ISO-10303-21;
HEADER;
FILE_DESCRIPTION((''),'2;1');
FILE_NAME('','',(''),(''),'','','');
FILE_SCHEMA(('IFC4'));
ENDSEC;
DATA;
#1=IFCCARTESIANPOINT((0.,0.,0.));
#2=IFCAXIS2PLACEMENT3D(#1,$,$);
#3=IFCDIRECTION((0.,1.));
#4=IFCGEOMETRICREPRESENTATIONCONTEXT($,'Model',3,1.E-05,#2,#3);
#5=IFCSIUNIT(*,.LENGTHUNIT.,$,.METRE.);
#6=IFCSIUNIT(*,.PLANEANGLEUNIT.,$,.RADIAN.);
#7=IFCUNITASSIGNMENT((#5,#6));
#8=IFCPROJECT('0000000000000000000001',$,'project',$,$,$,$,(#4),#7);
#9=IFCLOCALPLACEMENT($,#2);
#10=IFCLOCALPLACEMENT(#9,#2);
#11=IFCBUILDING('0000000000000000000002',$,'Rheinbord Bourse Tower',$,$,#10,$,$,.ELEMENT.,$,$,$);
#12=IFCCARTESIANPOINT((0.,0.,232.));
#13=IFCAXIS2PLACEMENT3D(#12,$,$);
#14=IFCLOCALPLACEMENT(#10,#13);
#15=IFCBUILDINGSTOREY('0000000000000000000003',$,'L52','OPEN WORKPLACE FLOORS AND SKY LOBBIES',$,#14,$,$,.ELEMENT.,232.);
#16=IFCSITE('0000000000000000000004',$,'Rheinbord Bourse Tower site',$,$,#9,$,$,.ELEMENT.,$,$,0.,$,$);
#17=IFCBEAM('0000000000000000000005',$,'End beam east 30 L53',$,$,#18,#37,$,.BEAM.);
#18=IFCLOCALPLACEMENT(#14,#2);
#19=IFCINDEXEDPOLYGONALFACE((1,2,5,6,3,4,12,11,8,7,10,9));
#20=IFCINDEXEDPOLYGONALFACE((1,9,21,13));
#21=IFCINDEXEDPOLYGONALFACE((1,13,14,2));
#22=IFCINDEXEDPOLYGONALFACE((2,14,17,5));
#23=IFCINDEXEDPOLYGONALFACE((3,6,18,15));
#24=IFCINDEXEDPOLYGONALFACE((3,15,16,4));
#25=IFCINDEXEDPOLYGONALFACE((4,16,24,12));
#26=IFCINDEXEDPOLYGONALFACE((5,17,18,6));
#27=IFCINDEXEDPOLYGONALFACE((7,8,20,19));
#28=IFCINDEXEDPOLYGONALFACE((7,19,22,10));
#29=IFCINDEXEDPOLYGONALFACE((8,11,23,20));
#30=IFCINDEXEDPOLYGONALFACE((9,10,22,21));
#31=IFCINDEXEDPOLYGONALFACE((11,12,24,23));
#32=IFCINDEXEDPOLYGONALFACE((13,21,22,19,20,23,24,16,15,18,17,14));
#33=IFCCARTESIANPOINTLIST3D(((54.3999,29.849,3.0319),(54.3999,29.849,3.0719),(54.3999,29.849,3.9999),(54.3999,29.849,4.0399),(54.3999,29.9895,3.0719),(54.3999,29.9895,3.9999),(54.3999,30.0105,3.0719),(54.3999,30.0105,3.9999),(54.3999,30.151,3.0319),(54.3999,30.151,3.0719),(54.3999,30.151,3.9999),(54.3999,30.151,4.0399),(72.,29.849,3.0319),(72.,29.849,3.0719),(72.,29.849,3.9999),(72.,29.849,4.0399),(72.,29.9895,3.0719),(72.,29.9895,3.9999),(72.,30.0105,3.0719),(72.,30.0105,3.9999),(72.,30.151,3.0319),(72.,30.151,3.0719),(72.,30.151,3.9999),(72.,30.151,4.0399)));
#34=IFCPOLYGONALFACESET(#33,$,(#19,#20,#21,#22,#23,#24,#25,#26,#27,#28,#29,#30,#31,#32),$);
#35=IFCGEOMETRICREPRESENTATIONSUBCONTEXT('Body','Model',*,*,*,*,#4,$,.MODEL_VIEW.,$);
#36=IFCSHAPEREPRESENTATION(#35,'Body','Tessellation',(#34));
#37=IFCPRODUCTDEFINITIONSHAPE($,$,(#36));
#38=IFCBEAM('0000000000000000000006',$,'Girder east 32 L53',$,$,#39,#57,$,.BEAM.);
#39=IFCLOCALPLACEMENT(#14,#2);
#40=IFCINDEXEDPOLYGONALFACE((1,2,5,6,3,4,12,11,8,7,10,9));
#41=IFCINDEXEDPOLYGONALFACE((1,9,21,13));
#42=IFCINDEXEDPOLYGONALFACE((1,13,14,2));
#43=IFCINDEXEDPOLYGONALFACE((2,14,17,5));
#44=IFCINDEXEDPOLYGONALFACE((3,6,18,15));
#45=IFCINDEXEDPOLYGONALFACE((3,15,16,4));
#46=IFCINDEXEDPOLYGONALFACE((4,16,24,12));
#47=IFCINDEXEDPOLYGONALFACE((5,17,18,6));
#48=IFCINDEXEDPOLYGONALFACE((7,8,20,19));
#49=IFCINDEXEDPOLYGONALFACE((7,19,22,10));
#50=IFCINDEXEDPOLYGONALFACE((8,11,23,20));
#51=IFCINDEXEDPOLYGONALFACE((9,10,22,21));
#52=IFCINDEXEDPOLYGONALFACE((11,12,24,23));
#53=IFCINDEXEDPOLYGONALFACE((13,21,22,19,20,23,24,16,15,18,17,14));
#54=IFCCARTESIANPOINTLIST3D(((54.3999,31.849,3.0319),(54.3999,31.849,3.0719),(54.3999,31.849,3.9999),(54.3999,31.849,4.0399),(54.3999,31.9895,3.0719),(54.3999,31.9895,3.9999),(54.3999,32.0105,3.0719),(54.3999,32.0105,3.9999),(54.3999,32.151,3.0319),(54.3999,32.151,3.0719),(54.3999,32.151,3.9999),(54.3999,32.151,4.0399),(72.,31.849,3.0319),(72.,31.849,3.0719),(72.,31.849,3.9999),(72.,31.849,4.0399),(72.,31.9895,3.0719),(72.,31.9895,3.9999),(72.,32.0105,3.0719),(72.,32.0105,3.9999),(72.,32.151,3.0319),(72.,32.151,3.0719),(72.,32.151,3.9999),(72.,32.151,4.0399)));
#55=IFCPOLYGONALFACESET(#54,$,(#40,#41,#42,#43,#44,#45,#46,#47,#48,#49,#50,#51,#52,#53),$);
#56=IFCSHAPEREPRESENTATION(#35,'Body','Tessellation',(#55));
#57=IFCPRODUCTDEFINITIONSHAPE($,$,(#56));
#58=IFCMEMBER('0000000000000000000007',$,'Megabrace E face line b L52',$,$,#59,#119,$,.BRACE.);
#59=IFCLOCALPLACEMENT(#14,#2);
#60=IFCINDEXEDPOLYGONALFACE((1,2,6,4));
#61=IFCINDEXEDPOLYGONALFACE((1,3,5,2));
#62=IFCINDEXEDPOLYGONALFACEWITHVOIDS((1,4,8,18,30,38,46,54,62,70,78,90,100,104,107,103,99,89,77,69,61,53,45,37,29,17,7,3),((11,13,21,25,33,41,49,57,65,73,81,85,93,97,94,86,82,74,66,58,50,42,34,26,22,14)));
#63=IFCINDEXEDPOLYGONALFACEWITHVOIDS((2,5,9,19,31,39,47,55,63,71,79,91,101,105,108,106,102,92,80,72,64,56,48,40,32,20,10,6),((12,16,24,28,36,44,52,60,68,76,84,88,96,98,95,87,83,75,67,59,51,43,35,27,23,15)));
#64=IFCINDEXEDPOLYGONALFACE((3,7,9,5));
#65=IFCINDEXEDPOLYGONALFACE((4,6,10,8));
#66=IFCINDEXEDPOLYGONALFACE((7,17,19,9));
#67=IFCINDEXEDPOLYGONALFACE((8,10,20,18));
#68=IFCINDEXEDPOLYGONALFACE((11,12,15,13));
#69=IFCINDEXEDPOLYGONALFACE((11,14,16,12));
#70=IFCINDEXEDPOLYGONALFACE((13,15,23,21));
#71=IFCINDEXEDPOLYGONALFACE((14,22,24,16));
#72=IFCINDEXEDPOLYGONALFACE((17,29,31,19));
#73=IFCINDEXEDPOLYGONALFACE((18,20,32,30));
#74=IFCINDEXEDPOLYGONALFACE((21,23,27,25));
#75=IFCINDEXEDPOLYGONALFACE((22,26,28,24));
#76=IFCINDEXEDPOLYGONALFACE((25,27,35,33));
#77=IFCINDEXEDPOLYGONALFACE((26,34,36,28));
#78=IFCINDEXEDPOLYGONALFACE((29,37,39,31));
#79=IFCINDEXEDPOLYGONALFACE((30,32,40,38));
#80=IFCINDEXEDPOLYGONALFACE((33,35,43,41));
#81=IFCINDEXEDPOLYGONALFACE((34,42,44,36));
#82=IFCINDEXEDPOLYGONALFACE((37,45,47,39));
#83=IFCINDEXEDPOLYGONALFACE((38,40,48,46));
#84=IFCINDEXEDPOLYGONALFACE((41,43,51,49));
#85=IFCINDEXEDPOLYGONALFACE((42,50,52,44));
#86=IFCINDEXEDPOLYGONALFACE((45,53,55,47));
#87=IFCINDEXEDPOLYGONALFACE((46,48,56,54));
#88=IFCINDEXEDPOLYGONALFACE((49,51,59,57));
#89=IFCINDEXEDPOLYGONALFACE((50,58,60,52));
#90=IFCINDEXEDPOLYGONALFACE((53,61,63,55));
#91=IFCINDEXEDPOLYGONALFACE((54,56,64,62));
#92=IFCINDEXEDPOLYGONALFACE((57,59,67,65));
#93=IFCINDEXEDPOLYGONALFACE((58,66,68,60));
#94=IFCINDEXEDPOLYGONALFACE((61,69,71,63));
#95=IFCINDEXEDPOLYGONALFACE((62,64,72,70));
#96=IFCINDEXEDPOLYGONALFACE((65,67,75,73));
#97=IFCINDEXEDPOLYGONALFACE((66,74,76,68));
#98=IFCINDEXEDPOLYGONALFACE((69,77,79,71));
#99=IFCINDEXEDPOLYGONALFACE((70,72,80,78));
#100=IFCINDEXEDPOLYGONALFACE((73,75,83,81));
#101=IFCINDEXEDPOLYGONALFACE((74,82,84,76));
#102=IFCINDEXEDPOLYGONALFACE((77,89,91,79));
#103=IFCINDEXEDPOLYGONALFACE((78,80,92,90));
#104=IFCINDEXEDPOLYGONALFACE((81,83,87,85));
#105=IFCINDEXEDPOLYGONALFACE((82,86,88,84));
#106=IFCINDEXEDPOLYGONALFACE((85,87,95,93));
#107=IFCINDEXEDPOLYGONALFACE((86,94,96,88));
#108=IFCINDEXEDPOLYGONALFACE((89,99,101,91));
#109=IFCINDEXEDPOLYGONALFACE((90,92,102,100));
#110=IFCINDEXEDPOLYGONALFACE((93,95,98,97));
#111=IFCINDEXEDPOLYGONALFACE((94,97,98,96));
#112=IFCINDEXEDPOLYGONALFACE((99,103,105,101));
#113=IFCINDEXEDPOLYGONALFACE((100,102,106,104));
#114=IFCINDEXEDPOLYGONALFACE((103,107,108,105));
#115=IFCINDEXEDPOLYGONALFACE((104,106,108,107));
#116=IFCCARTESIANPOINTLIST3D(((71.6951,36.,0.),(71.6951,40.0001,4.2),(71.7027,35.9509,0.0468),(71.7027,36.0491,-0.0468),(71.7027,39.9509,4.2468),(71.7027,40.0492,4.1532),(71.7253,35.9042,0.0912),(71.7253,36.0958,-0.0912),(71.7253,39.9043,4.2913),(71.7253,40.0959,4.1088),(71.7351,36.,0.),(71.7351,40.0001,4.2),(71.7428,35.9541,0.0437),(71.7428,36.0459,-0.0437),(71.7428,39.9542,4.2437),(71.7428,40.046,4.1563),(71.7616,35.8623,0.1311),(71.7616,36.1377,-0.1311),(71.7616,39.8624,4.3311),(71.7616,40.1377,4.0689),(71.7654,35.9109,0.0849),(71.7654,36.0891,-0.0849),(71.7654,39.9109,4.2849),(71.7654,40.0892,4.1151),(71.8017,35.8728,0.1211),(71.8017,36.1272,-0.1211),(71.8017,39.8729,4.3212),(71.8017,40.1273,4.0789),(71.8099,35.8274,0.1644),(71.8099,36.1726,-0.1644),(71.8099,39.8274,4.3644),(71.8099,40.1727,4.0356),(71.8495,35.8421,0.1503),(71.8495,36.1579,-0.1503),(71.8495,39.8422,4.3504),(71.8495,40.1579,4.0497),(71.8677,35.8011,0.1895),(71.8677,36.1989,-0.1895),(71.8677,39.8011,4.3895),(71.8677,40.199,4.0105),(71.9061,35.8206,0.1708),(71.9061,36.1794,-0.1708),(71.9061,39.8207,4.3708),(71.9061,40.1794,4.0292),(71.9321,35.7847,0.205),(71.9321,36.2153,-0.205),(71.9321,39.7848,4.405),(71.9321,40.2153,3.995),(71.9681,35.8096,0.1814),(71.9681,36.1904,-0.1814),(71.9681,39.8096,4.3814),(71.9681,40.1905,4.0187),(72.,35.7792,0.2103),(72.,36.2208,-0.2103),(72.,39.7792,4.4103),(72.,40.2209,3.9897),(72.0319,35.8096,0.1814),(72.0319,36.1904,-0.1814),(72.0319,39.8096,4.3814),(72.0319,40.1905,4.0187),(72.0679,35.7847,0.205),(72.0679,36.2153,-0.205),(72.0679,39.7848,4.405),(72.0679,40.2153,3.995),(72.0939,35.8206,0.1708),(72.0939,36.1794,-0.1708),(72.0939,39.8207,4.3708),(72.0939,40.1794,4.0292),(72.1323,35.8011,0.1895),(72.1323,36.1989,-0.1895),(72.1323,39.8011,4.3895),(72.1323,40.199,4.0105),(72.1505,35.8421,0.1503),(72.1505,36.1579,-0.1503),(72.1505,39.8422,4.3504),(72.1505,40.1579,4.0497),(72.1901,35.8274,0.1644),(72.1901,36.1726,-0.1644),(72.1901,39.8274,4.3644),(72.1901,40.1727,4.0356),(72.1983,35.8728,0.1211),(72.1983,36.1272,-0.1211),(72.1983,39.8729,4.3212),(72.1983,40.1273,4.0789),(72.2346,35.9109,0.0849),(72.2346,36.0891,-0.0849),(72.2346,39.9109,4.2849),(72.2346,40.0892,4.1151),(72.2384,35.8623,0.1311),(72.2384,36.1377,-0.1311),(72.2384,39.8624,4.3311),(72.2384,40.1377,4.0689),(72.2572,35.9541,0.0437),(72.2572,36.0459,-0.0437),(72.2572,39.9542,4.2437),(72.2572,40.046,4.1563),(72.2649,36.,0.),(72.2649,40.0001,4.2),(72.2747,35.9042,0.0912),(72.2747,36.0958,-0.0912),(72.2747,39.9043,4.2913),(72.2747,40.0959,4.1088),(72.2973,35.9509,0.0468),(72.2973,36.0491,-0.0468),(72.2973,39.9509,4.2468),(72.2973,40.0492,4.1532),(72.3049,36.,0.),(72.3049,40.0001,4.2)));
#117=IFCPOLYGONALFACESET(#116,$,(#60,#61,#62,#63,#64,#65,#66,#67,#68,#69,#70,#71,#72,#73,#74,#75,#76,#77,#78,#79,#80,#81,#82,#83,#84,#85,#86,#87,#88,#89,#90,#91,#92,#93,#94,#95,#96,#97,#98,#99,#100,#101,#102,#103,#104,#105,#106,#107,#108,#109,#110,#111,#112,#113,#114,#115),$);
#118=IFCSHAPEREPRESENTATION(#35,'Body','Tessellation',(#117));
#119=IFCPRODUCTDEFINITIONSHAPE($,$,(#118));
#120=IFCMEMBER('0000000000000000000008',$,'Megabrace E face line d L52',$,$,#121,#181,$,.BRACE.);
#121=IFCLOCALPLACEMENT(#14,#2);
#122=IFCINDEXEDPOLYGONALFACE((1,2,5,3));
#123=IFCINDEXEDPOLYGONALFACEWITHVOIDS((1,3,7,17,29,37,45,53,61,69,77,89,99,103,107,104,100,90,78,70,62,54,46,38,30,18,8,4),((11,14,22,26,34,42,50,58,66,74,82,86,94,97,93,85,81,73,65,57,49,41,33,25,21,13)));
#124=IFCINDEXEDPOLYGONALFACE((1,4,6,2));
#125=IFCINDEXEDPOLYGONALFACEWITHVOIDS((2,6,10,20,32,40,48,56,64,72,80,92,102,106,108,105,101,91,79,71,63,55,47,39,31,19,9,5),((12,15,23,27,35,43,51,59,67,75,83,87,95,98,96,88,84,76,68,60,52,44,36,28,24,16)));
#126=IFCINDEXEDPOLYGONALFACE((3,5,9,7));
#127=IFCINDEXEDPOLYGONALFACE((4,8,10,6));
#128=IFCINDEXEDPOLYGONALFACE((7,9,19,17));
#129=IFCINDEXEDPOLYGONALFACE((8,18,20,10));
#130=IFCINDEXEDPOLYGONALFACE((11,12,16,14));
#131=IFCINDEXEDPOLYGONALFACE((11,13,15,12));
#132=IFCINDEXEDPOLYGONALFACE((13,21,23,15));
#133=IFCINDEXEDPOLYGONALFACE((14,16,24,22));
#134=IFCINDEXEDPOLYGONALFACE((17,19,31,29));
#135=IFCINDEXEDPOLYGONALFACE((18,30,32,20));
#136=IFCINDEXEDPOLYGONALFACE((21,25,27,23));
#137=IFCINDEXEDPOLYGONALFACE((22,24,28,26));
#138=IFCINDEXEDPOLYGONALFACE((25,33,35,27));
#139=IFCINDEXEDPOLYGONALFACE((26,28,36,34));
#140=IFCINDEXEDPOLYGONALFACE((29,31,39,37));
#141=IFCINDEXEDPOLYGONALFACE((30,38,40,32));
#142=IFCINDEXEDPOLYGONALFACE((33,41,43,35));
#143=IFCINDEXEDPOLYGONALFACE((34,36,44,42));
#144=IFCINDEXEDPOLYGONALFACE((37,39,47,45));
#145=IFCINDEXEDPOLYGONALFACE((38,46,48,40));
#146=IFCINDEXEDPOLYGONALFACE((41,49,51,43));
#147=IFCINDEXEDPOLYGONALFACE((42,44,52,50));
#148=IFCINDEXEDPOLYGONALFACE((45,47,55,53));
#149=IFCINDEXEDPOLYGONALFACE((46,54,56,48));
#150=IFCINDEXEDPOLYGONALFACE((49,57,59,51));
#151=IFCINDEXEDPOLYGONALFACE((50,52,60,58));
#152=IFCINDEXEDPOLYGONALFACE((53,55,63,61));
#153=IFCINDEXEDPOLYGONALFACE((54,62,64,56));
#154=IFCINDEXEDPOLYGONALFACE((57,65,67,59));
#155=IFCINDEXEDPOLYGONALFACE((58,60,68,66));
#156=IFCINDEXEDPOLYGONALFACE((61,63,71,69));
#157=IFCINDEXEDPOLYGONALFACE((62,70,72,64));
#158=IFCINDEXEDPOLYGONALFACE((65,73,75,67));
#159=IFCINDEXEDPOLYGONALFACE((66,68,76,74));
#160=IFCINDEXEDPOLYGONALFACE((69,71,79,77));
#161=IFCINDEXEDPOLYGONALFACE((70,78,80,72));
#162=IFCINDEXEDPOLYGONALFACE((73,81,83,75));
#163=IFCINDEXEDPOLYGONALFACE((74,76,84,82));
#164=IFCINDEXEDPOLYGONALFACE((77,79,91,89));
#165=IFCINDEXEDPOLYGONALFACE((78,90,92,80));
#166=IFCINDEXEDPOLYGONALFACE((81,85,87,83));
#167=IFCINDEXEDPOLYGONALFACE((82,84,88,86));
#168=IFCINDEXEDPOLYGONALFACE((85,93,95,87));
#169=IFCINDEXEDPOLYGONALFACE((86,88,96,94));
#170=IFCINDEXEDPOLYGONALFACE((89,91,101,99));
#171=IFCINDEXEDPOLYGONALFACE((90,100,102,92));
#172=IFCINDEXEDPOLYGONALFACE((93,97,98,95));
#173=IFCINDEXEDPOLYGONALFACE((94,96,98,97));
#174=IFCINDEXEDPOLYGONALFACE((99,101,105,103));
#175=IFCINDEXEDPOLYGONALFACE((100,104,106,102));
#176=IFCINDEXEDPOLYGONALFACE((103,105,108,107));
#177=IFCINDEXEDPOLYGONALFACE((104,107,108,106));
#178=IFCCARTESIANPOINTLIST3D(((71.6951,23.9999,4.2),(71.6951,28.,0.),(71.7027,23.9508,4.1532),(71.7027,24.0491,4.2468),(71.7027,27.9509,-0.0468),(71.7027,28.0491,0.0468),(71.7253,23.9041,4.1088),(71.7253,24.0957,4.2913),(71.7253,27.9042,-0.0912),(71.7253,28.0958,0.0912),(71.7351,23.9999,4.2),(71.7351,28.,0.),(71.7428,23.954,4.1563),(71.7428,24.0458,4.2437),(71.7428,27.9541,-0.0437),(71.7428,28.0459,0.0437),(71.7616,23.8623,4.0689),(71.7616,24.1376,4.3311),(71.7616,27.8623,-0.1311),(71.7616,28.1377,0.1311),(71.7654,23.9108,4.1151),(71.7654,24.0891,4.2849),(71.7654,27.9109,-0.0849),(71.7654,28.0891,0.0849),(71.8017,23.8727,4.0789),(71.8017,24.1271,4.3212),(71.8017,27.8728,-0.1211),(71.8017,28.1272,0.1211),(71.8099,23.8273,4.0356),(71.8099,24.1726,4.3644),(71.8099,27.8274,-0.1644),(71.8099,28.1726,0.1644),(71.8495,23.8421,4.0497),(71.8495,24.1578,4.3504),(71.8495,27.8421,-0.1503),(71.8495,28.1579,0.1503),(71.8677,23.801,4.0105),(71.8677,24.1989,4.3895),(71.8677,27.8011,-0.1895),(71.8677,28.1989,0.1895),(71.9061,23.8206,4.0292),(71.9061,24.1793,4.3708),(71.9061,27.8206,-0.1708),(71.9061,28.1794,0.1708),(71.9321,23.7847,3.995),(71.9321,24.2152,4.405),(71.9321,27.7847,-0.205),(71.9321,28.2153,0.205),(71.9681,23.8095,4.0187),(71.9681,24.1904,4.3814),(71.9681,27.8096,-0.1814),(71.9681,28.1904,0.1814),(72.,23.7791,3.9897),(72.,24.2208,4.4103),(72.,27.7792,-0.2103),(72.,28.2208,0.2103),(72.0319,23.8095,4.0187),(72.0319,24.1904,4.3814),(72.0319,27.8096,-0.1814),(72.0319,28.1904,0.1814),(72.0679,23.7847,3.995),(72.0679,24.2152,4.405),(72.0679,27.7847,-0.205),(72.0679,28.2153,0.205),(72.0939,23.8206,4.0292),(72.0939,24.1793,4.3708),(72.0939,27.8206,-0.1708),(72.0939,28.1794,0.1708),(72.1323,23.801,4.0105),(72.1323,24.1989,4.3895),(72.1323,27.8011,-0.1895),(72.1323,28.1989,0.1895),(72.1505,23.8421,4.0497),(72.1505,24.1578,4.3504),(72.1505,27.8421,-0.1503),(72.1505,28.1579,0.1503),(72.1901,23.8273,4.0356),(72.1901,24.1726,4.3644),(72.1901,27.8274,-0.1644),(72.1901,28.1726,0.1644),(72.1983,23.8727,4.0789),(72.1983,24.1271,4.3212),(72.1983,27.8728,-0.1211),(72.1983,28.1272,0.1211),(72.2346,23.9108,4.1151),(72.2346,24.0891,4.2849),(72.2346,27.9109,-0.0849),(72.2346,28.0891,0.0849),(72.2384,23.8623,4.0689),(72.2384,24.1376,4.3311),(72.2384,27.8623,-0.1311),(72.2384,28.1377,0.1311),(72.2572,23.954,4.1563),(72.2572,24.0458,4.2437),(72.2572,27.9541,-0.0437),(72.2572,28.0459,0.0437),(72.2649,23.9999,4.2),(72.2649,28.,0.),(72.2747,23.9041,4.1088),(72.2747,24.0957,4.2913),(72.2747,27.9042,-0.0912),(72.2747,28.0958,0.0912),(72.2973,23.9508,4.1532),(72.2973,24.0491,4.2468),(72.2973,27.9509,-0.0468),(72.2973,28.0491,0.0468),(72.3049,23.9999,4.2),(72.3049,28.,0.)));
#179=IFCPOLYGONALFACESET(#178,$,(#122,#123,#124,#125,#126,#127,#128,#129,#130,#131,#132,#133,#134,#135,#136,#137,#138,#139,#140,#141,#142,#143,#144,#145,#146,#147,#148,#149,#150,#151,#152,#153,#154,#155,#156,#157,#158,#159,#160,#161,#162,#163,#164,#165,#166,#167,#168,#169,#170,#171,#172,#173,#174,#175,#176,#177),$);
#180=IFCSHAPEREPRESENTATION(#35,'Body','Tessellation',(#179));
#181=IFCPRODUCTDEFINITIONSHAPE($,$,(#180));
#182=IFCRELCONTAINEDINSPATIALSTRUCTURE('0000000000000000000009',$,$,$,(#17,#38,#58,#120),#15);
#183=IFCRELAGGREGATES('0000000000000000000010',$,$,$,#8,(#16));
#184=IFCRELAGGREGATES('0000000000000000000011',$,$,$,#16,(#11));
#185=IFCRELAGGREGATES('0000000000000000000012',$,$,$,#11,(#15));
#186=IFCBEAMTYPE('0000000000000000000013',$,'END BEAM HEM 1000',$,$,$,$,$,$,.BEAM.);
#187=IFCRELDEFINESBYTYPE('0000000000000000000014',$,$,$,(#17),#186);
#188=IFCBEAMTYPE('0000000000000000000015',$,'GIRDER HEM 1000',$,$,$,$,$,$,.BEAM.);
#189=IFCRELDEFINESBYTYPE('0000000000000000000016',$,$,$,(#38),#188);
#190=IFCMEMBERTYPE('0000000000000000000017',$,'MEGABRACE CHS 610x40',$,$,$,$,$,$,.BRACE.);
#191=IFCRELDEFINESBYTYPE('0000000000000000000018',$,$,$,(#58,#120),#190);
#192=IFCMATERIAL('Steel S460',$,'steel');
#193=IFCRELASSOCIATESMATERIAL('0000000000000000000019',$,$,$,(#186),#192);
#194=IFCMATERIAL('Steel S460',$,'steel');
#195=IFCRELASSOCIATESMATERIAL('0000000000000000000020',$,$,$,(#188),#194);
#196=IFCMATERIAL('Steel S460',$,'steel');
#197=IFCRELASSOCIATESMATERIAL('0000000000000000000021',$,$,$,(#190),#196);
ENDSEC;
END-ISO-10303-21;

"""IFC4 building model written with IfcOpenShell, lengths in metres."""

from ifc_helpers import new_model, si_unit, direction, frame, origin, origin_2d, place, context, subcontext, project, spatial, hollow_circle, i_section, extrude, material, material_profile, profile_set, type_object, element, save


model = new_model("IFC4")

# Units and contexts
model_context = context("Model", 3, precision=1e-05, world=origin(), true_north=direction((0.0, 1.0)))
body_context = subcontext(model_context, "Body", "Model", "MODEL_VIEW")
ifc_project = project(units=[si_unit("LENGTHUNIT", "METRE"), si_unit("PLANEANGLEUNIT", "RADIAN")], contexts=[model_context])

# Site, building, storey
site_placement = place(None, origin())
site = spatial("IfcSite", under=ifc_project, at=site_placement, Name="Rheinbord Bourse Tower site", CompositionType="ELEMENT", RefElevation=0.0)
building_placement = place(site_placement, origin())
building = spatial("IfcBuilding", under=site, at=building_placement, Name="Rheinbord Bourse Tower", CompositionType="ELEMENT")
storey_placement = place(building_placement, frame((0.0, 0.0, 232.0)))
storey = spatial("IfcBuildingStorey", under=building, at=storey_placement, Name="L52", Description="OPEN WORKPLACE FLOORS AND SKY LOBBIES", CompositionType="ELEMENT", Elevation=232.0)

# Beams
ifc_material_1 = material(Name="Steel S460", Category="steel")
ifc_material_profile_1 = material_profile(ifc_material_1, i_section(OverallWidth=0.302, OverallDepth=1.0081, WebThickness=0.021, FlangeThickness=0.04, at=origin_2d()), Name="HEM 1000")
ifc_profile_set_1 = profile_set([ifc_material_profile_1], Name="Steel S460")
beam_type_1 = type_object("IfcBeamType", Name="END BEAM HEM 1000", PredefinedType="BEAM", material=ifc_profile_set_1)
beam_1_placement = place(storey_placement, frame((54.3999, 30.0, 3.5359), z_axis=(1.0, 0.0, 0.0), x_axis=(0.0, 1.0, 0.0)))
element("IfcBeam", 1, at=beam_1_placement, inside=storey, type_object=beam_type_1, Name="End beam east 30 L53", PredefinedType="BEAM", context=body_context, shape_type="SweptSolid", body=[
    extrude(i_section(OverallWidth=0.302, OverallDepth=1.0081, WebThickness=0.021, FlangeThickness=0.04, at=origin_2d()), origin(), (0.0, 0.0, 1.0), 17.6001),
])
ifc_material_2 = material(Name="Steel S460", Category="steel")
ifc_material_profile_2 = material_profile(ifc_material_2, i_section(OverallWidth=0.302, OverallDepth=1.0081, WebThickness=0.021, FlangeThickness=0.04, at=origin_2d()), Name="HEM 1000")
ifc_profile_set_2 = profile_set([ifc_material_profile_2], Name="Steel S460")
beam_type_2 = type_object("IfcBeamType", Name="GIRDER HEM 1000", PredefinedType="BEAM", material=ifc_profile_set_2)
beam_2_placement = place(storey_placement, frame((54.3999, 32.0, 3.5359), z_axis=(1.0, 0.0, 0.0), x_axis=(0.0, 1.0, 0.0)))
element("IfcBeam", 2, at=beam_2_placement, inside=storey, type_object=beam_type_2, Name="Girder east 32 L53", PredefinedType="BEAM", context=body_context, shape_type="SweptSolid", body=[
    extrude(i_section(OverallWidth=0.302, OverallDepth=1.0081, WebThickness=0.021, FlangeThickness=0.04, at=origin_2d()), origin(), (0.0, 0.0, 1.0), 17.6001),
])

# Members
ifc_material_3 = material(Name="Steel S460", Category="steel")
ifc_material_profile_3 = material_profile(ifc_material_3, hollow_circle(Radius=0.3049, WallThickness=0.04, at=origin_2d()), Name="CHS 610x40")
ifc_profile_set_3 = profile_set([ifc_material_profile_3], Name="Steel S460")
member_type_1 = type_object("IfcMemberType", Name="MEGABRACE CHS 610x40", PredefinedType="BRACE", material=ifc_profile_set_3)
for number, where, z_axis, x_axis, name in (
    (3, (72.0, 36.0, 0.0), (0.0, 0.689659, 0.724134), (-1.0, 0.0, 0.0), "Megabrace E face line b L52"),
    (4, (72.0, 28.0, 0.0), (0.0, -0.689659, 0.724134), (1.0, 0.0, 0.0), "Megabrace E face line d L52"),
):
    element("IfcMember", number, at=place(storey_placement, frame(where, z_axis=z_axis, x_axis=x_axis)), inside=storey, type_object=member_type_1, Name=name, PredefinedType="BRACE", context=body_context, shape_type="SweptSolid", body=[
        extrude(hollow_circle(Radius=0.3049, WallThickness=0.04, at=origin_2d()), origin(), (0.0, 0.0, 1.0), 5.8),
    ])

save(model, "model.ifc")
